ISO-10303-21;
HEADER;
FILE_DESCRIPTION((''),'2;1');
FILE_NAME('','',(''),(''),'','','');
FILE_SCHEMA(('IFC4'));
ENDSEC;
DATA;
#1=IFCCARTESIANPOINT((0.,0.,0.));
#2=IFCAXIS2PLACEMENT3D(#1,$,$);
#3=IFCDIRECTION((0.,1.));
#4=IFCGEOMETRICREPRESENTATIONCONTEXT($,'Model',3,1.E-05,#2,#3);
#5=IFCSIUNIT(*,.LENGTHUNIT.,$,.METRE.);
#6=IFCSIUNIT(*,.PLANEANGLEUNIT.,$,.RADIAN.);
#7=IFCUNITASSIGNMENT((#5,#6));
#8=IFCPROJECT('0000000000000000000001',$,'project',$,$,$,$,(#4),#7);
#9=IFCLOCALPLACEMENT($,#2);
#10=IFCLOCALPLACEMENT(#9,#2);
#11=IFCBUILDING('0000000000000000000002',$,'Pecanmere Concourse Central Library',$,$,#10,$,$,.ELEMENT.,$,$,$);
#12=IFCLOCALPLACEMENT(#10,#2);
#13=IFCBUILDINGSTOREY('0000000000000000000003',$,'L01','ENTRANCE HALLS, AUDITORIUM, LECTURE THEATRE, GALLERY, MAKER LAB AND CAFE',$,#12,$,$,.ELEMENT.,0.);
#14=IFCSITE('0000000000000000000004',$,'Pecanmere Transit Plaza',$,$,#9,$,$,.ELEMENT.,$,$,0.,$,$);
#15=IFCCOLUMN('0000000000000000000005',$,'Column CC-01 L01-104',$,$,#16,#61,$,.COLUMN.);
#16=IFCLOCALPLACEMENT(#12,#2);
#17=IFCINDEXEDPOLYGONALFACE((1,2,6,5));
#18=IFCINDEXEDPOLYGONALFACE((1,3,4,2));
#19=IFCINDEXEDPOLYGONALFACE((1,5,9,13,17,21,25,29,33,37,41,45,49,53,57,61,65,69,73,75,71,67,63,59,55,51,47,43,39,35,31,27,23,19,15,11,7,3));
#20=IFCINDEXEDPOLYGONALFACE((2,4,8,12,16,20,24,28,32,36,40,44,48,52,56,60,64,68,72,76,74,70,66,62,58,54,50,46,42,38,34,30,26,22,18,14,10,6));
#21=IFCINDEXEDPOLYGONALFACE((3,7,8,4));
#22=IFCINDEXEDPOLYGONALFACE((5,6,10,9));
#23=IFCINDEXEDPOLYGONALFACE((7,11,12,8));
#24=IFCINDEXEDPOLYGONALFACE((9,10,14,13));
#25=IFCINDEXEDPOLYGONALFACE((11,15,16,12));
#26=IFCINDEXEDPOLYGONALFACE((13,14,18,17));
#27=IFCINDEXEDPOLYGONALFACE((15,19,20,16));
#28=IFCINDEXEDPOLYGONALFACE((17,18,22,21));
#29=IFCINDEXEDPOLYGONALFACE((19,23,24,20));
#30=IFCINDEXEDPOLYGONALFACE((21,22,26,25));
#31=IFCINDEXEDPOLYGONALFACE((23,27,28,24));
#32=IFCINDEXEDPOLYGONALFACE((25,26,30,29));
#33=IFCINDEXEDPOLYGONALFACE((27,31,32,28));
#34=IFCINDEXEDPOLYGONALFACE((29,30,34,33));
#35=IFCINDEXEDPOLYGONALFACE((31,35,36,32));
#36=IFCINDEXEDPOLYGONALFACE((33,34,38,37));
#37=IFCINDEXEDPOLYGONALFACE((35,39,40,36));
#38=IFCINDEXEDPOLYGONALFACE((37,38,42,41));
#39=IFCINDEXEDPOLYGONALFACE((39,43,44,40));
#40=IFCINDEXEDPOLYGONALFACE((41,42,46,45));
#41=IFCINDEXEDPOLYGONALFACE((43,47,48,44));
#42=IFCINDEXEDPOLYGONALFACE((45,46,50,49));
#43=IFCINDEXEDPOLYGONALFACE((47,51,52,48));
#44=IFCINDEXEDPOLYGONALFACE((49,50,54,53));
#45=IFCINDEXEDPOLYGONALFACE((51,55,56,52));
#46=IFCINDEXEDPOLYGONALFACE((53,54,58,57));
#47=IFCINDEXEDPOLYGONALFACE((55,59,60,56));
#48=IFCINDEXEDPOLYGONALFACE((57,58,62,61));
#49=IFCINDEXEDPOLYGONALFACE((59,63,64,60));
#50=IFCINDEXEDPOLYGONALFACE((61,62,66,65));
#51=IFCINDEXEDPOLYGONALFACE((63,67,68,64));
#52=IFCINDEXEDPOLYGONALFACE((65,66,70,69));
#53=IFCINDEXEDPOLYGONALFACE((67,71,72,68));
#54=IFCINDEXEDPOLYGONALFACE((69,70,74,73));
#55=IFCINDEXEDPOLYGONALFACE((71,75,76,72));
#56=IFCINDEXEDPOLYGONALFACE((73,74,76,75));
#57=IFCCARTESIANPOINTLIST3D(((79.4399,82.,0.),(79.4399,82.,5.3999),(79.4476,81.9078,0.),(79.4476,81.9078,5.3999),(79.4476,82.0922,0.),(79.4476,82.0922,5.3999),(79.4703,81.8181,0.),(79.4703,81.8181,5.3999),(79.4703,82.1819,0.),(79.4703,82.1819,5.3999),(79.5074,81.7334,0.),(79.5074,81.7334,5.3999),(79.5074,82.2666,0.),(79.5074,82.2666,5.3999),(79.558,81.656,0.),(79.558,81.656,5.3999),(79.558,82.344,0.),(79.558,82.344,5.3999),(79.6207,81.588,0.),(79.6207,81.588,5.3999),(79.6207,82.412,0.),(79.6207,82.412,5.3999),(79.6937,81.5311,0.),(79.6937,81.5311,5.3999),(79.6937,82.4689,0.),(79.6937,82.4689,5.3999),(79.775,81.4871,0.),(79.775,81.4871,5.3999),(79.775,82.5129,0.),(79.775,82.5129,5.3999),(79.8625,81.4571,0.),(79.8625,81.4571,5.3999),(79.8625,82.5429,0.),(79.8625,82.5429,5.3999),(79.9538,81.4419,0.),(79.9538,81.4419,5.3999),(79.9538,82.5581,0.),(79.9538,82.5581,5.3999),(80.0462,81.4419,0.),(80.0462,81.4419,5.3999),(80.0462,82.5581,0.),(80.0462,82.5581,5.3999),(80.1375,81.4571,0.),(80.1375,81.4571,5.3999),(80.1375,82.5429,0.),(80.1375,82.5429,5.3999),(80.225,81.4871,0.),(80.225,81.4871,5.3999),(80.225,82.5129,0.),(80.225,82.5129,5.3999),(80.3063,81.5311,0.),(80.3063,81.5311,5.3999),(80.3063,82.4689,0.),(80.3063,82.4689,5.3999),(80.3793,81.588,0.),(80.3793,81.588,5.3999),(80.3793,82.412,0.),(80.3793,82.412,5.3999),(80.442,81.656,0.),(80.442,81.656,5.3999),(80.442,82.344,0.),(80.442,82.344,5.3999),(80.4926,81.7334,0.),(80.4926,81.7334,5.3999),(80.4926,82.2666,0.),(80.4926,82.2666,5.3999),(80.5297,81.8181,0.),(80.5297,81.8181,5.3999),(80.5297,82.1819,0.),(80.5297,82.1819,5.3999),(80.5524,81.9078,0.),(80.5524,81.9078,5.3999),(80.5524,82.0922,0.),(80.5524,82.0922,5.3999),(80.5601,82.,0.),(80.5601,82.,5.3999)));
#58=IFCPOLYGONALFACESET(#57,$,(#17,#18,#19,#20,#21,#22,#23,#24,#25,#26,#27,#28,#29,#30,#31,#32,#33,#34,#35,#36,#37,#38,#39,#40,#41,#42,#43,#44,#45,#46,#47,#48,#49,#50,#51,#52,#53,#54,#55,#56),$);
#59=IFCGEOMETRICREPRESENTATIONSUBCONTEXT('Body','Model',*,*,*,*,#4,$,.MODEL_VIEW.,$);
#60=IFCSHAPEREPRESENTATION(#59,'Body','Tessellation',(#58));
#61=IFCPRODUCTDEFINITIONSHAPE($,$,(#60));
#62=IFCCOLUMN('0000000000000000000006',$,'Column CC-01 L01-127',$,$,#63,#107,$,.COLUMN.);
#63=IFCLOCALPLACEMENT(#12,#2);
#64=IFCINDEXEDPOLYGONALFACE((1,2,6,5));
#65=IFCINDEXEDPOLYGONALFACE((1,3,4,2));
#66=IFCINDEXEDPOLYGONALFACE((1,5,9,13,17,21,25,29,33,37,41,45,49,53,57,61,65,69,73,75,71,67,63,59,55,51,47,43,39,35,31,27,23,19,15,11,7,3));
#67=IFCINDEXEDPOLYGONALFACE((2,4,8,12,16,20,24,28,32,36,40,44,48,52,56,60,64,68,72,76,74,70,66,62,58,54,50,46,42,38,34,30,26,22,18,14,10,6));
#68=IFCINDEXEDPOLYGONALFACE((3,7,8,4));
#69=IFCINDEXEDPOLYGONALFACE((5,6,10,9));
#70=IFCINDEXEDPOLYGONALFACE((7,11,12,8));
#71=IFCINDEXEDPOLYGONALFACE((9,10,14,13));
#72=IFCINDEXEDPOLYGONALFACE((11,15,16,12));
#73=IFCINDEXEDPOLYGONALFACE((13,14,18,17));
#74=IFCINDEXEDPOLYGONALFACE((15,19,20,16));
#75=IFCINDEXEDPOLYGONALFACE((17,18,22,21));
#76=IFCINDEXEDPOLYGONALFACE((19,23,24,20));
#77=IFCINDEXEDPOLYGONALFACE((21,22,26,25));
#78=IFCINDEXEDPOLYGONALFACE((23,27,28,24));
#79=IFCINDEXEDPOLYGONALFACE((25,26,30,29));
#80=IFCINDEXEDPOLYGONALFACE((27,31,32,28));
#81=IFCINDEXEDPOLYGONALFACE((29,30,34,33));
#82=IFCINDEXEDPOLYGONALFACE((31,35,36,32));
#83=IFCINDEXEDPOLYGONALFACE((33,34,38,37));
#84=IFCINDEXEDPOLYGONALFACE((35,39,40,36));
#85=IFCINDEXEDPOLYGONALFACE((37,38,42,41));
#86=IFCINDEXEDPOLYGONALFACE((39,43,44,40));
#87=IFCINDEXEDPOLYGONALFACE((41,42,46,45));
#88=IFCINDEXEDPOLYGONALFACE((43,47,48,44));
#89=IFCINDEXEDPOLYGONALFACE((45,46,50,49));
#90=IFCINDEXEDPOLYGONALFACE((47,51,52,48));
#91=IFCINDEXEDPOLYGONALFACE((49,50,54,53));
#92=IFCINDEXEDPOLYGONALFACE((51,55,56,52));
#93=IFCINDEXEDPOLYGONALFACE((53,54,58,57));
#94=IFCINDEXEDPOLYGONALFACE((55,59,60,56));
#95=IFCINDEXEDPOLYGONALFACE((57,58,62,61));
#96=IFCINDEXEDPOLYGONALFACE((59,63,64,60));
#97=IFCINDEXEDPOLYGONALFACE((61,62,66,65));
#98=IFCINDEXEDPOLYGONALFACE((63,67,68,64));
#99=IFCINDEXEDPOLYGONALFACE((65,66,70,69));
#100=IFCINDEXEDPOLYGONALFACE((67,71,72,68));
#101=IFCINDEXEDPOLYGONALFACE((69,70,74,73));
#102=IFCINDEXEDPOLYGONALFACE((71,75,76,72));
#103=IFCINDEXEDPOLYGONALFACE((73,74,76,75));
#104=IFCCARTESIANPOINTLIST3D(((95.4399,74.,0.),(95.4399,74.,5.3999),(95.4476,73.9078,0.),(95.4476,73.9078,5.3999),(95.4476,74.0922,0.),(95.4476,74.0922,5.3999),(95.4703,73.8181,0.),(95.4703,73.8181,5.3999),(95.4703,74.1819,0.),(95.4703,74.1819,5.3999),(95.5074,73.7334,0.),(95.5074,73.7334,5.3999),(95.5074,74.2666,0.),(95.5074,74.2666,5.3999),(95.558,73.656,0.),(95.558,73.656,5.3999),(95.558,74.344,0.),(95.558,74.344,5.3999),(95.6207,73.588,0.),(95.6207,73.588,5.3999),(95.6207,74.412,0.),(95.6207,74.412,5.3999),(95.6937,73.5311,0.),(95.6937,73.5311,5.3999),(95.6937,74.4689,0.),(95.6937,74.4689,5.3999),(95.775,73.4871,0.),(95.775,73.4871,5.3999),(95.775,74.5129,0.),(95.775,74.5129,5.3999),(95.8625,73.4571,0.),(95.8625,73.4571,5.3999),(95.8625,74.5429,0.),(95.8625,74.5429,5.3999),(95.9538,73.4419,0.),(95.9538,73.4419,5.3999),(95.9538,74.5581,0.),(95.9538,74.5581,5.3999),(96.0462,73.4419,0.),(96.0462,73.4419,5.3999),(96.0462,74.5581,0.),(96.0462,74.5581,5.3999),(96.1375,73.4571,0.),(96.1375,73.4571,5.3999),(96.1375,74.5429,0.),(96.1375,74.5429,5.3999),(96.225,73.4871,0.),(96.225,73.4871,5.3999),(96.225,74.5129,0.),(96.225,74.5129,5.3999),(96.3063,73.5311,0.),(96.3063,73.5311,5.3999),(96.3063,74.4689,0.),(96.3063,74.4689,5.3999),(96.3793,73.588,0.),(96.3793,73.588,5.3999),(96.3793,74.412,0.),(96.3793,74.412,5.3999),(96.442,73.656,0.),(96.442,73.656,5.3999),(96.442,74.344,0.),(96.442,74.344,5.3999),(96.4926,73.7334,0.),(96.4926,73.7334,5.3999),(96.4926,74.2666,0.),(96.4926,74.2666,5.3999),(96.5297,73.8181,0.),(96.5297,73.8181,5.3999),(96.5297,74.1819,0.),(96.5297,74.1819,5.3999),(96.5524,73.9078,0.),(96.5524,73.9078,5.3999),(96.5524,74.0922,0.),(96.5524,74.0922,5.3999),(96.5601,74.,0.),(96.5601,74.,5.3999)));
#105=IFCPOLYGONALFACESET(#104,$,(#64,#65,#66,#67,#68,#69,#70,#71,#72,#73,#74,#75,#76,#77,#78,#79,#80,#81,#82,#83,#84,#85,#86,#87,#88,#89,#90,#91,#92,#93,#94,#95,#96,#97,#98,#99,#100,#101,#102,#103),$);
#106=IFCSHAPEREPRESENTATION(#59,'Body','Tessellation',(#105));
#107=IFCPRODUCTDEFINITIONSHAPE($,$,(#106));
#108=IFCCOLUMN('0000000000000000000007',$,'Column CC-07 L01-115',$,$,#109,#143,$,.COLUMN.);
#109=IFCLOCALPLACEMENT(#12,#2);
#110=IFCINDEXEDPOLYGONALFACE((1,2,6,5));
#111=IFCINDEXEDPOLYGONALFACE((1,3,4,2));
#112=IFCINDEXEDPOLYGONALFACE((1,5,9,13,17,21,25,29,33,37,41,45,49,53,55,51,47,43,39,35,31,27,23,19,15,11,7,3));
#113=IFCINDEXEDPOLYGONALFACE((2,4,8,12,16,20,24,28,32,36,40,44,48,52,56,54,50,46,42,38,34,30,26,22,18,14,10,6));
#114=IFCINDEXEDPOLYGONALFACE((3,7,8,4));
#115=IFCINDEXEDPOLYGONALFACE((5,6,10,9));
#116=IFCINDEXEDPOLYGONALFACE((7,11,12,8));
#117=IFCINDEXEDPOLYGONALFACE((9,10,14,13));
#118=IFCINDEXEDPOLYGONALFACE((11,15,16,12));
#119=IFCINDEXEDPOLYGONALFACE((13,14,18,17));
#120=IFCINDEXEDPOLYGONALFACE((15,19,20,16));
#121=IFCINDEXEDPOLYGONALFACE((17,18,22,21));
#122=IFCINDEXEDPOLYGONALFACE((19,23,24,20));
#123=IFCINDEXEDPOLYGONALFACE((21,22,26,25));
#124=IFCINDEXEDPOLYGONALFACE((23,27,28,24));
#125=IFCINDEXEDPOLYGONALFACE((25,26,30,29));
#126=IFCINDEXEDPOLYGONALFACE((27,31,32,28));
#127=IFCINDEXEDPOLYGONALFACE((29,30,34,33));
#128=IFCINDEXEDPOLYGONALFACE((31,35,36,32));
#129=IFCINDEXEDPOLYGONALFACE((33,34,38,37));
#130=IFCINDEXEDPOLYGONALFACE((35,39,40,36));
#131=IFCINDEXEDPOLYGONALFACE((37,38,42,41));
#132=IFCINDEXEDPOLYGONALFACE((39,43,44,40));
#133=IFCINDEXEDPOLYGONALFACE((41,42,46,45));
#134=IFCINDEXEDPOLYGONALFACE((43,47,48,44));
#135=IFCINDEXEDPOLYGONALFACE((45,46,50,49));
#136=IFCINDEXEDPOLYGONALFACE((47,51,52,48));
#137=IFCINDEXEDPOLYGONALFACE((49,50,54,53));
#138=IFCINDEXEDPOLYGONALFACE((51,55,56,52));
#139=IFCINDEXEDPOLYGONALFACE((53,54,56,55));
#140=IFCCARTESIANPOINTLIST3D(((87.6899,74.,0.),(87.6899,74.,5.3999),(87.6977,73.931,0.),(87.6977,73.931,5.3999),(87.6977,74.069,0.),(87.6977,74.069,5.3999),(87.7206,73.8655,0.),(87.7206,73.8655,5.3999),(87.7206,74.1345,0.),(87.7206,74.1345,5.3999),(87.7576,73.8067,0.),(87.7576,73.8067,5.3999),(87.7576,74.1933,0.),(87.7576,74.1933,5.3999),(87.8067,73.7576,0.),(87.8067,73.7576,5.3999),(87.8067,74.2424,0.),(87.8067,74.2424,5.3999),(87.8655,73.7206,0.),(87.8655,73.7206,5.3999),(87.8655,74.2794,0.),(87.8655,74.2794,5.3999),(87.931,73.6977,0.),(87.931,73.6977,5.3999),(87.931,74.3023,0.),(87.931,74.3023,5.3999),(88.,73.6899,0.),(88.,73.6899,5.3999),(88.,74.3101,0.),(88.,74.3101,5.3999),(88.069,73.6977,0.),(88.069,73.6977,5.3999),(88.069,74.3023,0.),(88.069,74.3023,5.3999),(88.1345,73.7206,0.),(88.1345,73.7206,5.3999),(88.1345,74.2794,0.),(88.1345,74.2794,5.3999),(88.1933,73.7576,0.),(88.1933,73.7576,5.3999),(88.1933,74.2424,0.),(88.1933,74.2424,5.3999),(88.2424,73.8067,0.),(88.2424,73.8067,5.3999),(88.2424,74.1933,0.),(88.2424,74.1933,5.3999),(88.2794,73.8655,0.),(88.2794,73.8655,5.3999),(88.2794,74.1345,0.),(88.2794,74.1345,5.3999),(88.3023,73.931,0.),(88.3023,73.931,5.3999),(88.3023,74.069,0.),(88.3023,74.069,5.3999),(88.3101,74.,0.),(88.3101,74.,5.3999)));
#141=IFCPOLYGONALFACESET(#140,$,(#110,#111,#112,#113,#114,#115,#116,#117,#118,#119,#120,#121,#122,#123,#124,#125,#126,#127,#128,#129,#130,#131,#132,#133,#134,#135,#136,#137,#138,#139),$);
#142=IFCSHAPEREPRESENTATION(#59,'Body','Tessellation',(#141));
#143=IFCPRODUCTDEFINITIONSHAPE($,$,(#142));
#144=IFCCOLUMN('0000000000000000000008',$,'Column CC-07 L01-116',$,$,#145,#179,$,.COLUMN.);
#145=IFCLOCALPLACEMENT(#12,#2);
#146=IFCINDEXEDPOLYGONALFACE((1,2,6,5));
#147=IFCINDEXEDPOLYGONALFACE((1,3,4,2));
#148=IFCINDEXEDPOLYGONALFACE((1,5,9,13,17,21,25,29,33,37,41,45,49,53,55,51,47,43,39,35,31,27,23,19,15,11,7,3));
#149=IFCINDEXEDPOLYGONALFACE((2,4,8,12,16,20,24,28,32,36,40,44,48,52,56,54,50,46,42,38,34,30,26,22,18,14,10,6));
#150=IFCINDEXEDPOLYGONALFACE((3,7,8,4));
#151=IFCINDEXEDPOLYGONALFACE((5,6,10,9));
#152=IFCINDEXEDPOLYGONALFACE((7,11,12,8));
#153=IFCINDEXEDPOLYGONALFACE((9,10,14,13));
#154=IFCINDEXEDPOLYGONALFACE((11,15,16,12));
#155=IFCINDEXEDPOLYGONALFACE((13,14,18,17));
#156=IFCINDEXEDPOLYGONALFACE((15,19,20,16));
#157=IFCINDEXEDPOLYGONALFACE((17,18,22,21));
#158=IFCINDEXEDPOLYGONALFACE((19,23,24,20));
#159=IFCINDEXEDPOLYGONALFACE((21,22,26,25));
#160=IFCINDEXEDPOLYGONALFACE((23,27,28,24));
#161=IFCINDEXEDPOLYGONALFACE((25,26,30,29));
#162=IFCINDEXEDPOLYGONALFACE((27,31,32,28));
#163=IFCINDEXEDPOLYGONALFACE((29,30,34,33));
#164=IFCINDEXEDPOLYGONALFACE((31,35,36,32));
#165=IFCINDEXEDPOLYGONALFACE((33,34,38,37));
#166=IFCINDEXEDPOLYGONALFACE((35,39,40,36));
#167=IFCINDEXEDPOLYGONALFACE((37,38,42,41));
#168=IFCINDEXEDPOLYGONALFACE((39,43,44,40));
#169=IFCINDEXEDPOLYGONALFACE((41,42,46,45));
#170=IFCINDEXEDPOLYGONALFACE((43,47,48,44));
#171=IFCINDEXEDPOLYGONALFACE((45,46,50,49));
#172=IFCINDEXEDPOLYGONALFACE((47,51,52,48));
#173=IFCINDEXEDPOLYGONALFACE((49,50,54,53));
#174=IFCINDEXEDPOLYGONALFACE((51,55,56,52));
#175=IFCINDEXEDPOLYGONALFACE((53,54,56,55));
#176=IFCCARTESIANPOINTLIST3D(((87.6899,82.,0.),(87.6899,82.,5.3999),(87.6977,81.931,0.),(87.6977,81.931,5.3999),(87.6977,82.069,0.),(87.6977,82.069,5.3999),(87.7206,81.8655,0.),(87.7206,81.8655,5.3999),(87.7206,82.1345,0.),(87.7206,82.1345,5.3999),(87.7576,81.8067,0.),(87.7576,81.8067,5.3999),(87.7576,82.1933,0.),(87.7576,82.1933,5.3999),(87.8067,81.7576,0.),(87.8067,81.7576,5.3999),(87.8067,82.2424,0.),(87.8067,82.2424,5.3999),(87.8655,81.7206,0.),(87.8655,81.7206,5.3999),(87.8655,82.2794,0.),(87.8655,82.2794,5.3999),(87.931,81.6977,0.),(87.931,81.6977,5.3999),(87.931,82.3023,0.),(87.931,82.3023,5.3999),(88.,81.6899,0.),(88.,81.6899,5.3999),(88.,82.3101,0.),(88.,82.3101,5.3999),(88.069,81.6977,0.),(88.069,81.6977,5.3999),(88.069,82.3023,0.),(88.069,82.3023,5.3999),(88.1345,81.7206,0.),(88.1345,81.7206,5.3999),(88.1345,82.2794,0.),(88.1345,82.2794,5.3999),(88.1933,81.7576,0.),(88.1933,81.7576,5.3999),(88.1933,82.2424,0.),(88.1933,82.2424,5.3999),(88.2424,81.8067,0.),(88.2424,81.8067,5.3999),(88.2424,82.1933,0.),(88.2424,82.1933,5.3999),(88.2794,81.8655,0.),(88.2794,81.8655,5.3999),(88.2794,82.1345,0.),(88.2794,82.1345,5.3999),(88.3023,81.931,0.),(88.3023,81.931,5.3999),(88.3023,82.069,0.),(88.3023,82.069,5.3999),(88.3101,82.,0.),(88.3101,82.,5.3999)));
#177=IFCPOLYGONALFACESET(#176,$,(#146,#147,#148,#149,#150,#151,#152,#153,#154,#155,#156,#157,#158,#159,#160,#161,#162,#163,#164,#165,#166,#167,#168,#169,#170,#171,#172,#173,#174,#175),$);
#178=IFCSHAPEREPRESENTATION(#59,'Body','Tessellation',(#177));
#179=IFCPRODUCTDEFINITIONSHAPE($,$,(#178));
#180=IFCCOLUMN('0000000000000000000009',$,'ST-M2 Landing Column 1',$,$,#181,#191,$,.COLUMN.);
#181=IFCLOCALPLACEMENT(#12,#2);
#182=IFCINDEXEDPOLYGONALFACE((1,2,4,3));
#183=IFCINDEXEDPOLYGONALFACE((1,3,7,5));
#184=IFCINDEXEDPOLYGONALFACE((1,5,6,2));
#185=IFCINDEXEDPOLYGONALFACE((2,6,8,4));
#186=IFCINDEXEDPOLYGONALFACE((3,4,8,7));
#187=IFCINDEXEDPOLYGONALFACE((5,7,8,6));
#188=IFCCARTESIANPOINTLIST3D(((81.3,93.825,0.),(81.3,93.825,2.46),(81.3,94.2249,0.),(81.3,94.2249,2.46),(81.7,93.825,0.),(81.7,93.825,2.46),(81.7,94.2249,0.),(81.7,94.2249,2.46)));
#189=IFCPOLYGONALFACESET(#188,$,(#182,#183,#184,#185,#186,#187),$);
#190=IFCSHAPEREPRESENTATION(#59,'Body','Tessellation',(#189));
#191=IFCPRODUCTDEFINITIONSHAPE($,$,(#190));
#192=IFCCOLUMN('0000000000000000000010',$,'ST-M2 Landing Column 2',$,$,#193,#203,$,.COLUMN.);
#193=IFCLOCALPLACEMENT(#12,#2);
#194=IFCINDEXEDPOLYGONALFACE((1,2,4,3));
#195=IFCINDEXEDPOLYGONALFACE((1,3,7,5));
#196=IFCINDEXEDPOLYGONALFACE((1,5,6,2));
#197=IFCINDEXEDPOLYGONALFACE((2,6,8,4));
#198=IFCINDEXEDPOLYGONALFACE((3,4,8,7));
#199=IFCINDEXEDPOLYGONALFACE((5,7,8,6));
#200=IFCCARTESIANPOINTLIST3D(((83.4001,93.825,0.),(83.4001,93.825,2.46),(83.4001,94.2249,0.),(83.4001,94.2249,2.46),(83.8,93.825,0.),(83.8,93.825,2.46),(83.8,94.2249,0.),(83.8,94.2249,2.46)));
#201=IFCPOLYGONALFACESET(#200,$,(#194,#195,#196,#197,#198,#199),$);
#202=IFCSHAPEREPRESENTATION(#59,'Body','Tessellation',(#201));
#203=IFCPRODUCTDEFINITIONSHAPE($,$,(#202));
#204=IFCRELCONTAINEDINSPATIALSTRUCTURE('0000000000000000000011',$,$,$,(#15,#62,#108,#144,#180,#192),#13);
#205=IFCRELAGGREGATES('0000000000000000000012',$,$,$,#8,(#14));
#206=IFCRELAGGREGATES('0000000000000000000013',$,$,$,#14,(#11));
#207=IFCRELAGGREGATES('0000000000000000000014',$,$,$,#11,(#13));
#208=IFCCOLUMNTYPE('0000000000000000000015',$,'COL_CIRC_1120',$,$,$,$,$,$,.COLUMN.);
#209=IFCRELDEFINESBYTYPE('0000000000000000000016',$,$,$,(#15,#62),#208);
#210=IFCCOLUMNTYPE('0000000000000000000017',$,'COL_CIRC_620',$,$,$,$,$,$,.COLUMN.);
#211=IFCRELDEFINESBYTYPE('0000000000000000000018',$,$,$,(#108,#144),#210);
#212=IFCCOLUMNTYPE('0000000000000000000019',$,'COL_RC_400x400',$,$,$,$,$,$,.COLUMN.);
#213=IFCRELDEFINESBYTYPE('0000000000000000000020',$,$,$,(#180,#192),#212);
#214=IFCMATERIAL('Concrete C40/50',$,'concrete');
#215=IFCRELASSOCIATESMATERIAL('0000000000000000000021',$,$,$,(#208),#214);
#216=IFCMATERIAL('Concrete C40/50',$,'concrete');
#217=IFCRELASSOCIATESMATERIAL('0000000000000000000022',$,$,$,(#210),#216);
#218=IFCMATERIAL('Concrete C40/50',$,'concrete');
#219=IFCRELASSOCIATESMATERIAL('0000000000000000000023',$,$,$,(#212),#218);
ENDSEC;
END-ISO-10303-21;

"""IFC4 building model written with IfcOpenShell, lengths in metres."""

from ifc_helpers import new_model, si_unit, direction, frame, origin, origin_2d, place, context, subcontext, project, spatial, rectangle, circle, extrude, material, material_profile, profile_set, type_object, element, save


model = new_model("IFC4")

# Units and contexts
model_context = context("Model", 3, precision=1e-05, world=origin(), true_north=direction((0.0, 1.0)))
body_context = subcontext(model_context, "Body", "Model", "MODEL_VIEW")
ifc_project = project(units=[si_unit("LENGTHUNIT", "METRE"), si_unit("PLANEANGLEUNIT", "RADIAN")], contexts=[model_context])

# Site, building, storey
site_placement = place(None, origin())
site = spatial("IfcSite", under=ifc_project, at=site_placement, Name="Pecanmere Transit Plaza", CompositionType="ELEMENT", RefElevation=0.0)
building_placement = place(site_placement, origin())
building = spatial("IfcBuilding", under=site, at=building_placement, Name="Pecanmere Concourse Central Library", CompositionType="ELEMENT")
storey_placement = place(building_placement, origin())
storey = spatial("IfcBuildingStorey", under=building, at=storey_placement, Name="L01", Description="ENTRANCE HALLS, AUDITORIUM, LECTURE THEATRE, GALLERY, MAKER LAB AND CAFE", CompositionType="ELEMENT", Elevation=0.0)

# Columns
ifc_material_1 = material(Name="Concrete C40/50", Category="concrete")
ifc_material_profile_1 = material_profile(ifc_material_1, circle(Radius=0.5601, at=origin_2d()), Name="RC D1120")
ifc_profile_set_1 = profile_set([ifc_material_profile_1], Name="Concrete C40/50")
column_type_1 = type_object("IfcColumnType", Name="COL_CIRC_1120", PredefinedType="COLUMN", material=ifc_profile_set_1)
for number, where, z_axis, x_axis, name in (
    (1, (80.0, 82.0, 0.0), (0.0, 0.0, 1.0), (1.0, 0.0, 0.0), "Column CC-01 L01-104"),
    (2, (96.0, 74.0, 0.0), (0.0, 0.0, 1.0), (1.0, 0.0, 0.0), "Column CC-01 L01-127"),
):
    element("IfcColumn", number, at=place(storey_placement, frame(where, z_axis=z_axis, x_axis=x_axis)), inside=storey, type_object=column_type_1, Name=name, PredefinedType="COLUMN", context=body_context, shape_type="SweptSolid", body=[
        extrude(circle(Radius=0.5601, at=origin_2d()), origin(), (0.0, 0.0, 1.0), 5.3999),
    ])
ifc_material_2 = material(Name="Concrete C40/50", Category="concrete")
ifc_material_profile_2 = material_profile(ifc_material_2, circle(Radius=0.3101, at=origin_2d()), Name="RC D620")
ifc_profile_set_2 = profile_set([ifc_material_profile_2], Name="Concrete C40/50")
column_type_2 = type_object("IfcColumnType", Name="COL_CIRC_620", PredefinedType="COLUMN", material=ifc_profile_set_2)
for number, where, z_axis, x_axis, name in (
    (3, (88.0, 74.0, 0.0), (0.0, 0.0, 1.0), (1.0, 0.0, 0.0), "Column CC-07 L01-115"),
    (4, (88.0, 82.0, 0.0), (0.0, 0.0, 1.0), (1.0, 0.0, 0.0), "Column CC-07 L01-116"),
):
    element("IfcColumn", number, at=place(storey_placement, frame(where, z_axis=z_axis, x_axis=x_axis)), inside=storey, type_object=column_type_2, Name=name, PredefinedType="COLUMN", context=body_context, shape_type="SweptSolid", body=[
        extrude(circle(Radius=0.3101, at=origin_2d()), origin(), (0.0, 0.0, 1.0), 5.3999),
    ])
ifc_material_3 = material(Name="Concrete C40/50", Category="concrete")
ifc_material_profile_3 = material_profile(ifc_material_3, rectangle(XDim=0.3999, YDim=0.3999, at=origin_2d()), Name="RC 400x400")
ifc_profile_set_3 = profile_set([ifc_material_profile_3], Name="Concrete C40/50")
column_type_3 = type_object("IfcColumnType", Name="COL_RC_400x400", PredefinedType="COLUMN", material=ifc_profile_set_3)
for number, where, z_axis, x_axis, name in (
    (5, (81.5, 94.0249, 0.0), (0.0, 0.0, 1.0), (1.0, 0.0, 0.0), "ST-M2 Landing Column 1"),
    (6, (83.6001, 94.0249, 0.0), (0.0, 0.0, 1.0), (1.0, 0.0, 0.0), "ST-M2 Landing Column 2"),
):
    element("IfcColumn", number, at=place(storey_placement, frame(where, z_axis=z_axis, x_axis=x_axis)), inside=storey, type_object=column_type_3, Name=name, PredefinedType="COLUMN", context=body_context, shape_type="SweptSolid", body=[
        extrude(rectangle(XDim=0.3999, YDim=0.3999, at=origin_2d()), origin(), (0.0, 0.0, 1.0), 2.46),
    ])

save(model, "model.ifc")
